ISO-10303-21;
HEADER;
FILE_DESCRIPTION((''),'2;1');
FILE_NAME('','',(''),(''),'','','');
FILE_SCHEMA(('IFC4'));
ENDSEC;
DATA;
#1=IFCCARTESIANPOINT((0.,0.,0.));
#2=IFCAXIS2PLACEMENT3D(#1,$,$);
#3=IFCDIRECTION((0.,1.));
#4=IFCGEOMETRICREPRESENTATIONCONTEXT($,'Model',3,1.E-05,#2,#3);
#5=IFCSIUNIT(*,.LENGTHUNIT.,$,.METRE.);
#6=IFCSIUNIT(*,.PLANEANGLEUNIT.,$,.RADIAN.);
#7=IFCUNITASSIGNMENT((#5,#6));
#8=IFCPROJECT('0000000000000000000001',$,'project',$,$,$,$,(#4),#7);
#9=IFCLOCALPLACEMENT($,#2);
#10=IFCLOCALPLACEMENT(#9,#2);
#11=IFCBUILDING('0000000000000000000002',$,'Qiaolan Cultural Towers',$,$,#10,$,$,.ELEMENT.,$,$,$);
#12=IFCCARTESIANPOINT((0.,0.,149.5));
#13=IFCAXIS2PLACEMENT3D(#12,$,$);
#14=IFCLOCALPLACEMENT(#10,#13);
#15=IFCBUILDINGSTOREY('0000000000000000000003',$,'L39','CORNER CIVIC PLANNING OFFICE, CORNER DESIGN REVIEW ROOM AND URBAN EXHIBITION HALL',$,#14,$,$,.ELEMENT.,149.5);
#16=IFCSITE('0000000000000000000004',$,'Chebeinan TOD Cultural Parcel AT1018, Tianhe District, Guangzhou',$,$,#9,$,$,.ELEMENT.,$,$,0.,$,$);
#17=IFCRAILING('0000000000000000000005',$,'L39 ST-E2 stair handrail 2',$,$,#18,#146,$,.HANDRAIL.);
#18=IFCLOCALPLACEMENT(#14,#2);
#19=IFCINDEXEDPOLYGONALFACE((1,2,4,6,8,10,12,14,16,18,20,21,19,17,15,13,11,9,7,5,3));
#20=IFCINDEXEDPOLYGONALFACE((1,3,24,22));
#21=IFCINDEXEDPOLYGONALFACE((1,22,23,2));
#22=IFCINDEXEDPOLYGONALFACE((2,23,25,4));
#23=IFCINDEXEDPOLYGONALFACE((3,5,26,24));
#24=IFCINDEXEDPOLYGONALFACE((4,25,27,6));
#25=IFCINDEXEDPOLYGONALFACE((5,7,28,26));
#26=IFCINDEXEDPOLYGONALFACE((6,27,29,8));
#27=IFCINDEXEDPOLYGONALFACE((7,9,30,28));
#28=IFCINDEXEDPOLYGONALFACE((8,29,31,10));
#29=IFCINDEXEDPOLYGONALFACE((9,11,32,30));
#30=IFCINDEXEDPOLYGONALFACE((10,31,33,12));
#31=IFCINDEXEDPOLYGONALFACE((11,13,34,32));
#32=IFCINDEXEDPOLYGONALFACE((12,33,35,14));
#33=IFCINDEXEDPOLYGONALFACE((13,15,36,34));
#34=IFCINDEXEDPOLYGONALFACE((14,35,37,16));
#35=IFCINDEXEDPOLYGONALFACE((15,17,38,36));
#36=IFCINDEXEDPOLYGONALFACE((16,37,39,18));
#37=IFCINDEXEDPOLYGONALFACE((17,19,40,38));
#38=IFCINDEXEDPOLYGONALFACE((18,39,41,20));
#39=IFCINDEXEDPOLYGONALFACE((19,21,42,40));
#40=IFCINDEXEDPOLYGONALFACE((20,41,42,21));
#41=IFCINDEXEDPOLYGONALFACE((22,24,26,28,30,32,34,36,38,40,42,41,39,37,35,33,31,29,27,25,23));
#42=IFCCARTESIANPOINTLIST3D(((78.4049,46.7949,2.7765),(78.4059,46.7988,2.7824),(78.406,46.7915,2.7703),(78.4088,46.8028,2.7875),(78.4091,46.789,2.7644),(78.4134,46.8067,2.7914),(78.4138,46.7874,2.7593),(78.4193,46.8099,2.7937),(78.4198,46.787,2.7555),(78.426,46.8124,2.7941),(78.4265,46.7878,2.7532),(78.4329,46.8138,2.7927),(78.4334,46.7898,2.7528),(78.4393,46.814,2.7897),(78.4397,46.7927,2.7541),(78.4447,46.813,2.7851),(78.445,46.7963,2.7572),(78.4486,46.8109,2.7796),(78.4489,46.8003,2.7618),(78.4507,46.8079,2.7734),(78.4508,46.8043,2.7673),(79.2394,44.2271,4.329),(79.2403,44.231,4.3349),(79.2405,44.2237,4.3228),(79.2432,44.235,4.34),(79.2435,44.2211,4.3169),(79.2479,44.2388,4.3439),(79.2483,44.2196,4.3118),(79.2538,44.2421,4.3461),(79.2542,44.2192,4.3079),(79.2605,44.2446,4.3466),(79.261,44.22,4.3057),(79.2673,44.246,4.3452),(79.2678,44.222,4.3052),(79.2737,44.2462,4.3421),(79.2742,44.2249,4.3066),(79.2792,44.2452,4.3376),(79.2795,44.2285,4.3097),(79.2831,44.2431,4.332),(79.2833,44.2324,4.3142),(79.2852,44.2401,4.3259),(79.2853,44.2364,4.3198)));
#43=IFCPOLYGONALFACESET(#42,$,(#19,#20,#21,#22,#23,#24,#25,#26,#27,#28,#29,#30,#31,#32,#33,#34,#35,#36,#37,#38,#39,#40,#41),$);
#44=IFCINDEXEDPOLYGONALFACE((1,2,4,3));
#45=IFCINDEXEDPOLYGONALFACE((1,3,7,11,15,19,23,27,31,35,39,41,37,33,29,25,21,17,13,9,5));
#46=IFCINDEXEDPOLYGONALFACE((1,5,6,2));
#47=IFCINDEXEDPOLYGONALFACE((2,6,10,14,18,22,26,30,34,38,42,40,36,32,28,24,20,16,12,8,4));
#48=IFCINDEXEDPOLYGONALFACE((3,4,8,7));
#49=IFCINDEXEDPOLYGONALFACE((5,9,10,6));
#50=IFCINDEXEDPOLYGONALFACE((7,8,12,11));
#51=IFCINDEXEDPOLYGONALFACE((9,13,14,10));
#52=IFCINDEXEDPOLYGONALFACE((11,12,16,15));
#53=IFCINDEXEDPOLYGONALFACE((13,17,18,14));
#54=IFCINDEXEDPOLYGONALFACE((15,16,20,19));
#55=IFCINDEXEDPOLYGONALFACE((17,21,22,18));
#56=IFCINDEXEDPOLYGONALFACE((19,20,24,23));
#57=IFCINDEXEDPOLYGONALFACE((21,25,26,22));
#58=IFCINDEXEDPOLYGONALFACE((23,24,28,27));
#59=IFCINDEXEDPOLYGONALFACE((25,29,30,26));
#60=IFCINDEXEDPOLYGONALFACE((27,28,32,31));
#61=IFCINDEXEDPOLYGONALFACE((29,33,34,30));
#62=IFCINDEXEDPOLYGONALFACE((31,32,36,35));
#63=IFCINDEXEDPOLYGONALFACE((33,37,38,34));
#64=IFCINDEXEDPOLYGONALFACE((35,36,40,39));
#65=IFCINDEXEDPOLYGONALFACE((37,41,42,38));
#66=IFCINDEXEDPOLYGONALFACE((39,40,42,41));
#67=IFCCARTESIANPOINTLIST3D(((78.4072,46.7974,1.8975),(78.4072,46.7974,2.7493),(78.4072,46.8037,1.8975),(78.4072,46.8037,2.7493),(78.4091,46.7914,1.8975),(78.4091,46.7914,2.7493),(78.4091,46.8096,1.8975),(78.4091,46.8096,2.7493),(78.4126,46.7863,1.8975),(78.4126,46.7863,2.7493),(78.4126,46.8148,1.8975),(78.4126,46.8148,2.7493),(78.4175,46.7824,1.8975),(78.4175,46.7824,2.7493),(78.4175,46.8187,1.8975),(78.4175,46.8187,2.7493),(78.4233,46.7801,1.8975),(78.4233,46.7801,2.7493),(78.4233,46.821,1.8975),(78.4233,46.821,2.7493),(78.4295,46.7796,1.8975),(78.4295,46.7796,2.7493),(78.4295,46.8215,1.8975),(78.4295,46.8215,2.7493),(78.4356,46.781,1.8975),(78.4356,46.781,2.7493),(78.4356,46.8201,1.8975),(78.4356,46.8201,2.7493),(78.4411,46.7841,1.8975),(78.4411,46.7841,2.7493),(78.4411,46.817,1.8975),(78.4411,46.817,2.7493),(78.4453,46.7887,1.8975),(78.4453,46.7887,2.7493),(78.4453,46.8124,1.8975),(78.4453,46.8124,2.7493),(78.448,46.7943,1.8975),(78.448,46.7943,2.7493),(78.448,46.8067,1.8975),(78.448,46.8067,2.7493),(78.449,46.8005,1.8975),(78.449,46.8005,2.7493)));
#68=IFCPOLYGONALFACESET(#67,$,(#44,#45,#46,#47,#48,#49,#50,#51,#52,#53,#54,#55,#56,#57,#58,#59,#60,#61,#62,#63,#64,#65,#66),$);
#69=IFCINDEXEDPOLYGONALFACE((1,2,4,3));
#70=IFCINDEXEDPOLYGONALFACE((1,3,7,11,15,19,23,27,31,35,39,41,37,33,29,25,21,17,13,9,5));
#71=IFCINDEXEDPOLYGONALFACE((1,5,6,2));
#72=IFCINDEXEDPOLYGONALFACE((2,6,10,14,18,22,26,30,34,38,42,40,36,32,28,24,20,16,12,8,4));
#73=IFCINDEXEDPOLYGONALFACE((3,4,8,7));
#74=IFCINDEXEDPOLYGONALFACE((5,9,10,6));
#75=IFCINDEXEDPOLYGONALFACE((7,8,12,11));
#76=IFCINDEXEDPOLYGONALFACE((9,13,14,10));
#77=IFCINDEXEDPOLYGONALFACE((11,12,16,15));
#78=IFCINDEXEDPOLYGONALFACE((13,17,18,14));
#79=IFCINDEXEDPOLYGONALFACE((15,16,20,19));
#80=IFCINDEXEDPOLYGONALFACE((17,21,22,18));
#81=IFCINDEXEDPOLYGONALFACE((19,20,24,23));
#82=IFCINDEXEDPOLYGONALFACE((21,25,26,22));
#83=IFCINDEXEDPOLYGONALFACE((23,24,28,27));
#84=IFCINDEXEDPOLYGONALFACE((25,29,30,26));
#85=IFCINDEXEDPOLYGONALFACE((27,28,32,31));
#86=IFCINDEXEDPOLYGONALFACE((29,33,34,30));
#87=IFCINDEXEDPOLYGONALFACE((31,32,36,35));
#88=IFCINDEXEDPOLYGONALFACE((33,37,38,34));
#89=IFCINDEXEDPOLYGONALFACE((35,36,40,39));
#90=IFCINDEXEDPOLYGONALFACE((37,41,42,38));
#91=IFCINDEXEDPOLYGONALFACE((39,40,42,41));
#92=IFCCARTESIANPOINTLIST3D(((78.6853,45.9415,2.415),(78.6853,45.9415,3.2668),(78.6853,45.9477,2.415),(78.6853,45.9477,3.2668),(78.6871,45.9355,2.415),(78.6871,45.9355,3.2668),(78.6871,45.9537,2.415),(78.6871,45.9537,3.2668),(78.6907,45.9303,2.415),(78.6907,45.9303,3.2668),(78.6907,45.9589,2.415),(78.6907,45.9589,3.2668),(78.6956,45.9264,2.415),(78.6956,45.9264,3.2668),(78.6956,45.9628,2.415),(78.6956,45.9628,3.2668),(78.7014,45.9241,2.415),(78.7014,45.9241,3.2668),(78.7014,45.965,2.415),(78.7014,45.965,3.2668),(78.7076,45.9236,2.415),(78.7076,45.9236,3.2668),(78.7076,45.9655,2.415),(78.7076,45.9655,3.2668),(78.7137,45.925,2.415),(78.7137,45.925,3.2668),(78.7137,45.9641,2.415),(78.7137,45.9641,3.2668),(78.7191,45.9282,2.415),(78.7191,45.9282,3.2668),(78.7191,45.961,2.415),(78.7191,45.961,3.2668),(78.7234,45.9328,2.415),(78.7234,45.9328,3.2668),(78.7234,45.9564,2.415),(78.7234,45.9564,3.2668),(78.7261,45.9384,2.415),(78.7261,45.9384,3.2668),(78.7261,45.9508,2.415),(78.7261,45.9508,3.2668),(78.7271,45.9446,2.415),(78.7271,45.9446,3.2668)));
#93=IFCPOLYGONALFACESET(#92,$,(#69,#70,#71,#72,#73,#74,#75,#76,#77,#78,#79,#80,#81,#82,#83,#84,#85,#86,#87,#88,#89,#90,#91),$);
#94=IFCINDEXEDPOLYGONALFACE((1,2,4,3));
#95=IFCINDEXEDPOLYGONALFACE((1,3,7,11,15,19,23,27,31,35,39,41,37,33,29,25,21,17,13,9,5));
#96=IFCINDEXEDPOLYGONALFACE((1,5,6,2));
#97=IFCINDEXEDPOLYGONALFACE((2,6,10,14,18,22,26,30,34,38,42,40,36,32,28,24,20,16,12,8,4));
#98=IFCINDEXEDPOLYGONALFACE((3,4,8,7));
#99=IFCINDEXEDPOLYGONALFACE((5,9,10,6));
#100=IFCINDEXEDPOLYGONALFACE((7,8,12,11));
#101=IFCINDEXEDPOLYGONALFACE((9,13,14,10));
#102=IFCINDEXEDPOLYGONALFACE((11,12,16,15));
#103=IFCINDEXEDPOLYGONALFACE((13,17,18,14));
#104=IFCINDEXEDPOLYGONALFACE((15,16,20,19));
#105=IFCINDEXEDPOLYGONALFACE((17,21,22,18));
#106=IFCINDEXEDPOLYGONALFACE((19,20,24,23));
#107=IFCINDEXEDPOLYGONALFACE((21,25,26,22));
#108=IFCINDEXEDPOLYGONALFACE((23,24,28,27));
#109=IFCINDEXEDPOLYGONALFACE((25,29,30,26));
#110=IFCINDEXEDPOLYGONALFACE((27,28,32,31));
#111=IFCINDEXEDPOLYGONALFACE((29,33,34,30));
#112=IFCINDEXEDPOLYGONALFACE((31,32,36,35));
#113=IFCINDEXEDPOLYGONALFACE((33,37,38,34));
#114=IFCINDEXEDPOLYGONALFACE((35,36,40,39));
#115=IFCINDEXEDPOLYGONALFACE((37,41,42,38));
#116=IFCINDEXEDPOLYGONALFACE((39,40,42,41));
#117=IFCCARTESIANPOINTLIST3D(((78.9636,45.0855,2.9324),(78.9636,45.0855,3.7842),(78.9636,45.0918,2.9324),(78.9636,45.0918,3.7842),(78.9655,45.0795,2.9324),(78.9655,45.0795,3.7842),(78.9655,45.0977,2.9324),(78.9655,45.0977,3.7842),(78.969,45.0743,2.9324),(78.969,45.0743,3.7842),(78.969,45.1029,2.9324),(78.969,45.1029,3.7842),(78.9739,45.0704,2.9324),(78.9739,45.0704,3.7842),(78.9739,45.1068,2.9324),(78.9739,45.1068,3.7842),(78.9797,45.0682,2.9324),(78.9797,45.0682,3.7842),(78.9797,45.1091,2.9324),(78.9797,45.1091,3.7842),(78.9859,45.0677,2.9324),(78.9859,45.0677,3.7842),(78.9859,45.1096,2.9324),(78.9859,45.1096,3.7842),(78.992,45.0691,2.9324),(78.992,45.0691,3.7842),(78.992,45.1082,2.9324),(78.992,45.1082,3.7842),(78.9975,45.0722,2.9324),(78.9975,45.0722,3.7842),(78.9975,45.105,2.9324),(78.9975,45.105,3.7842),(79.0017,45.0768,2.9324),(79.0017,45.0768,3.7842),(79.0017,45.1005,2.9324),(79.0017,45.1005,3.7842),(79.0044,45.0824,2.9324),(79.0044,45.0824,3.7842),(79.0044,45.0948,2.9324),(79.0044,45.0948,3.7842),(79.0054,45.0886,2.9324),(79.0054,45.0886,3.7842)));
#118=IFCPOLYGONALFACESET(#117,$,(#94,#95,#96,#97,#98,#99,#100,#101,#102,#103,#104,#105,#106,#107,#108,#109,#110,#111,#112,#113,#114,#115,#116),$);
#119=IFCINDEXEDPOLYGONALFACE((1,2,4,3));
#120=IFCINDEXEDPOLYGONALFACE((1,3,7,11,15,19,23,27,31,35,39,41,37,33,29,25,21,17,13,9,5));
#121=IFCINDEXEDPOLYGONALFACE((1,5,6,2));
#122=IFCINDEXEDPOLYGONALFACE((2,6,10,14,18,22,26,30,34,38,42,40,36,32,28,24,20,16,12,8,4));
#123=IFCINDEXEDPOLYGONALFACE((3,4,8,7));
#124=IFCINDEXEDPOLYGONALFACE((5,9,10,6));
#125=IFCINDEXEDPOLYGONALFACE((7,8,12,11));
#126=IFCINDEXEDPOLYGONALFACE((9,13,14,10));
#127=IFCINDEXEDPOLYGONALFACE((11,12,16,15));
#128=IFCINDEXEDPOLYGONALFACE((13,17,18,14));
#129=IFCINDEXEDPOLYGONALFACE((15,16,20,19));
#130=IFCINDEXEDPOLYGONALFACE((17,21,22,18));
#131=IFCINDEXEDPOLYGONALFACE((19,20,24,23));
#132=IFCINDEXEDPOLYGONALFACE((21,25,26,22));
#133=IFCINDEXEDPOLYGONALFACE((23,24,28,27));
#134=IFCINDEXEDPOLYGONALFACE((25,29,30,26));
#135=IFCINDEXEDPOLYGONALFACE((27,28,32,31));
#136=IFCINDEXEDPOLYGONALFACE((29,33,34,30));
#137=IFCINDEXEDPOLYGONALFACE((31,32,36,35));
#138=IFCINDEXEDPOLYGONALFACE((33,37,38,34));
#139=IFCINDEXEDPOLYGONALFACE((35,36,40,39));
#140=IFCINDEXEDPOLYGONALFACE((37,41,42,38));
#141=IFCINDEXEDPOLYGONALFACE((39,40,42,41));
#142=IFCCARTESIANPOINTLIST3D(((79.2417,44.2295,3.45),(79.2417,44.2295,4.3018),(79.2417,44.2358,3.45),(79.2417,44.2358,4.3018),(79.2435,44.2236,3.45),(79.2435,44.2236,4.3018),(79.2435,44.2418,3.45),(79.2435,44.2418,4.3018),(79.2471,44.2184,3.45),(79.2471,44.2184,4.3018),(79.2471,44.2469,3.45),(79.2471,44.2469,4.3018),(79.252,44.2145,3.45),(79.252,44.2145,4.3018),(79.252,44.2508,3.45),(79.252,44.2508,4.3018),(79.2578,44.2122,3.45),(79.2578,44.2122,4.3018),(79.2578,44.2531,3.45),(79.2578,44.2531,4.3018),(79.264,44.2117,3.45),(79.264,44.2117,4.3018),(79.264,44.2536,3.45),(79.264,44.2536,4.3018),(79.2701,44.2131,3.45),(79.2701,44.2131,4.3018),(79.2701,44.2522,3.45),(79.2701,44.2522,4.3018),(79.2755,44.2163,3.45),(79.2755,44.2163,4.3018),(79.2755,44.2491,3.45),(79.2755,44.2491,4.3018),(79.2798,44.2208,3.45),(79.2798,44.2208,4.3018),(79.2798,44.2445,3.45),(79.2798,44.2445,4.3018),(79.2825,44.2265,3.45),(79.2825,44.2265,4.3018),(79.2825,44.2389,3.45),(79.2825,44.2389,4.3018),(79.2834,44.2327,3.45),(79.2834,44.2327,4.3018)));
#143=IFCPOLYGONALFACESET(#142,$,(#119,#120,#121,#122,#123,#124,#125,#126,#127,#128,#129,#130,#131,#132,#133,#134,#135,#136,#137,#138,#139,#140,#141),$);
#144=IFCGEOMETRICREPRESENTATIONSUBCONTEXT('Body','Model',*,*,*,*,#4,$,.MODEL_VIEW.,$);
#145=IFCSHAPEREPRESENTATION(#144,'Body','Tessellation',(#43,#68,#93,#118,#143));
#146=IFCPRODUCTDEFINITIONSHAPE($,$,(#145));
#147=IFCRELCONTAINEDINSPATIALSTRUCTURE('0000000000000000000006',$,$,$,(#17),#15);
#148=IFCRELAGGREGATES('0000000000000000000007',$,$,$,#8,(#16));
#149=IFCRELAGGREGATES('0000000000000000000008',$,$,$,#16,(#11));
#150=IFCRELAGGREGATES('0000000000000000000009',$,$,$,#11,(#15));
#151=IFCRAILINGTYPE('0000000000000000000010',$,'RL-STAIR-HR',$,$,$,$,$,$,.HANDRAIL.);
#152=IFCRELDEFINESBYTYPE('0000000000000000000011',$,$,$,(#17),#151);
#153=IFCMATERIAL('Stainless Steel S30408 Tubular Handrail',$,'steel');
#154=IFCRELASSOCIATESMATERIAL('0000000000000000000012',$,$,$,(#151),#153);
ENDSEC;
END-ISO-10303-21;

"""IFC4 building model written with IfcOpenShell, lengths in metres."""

from ifc_helpers import new_model, si_unit, direction, frame, origin, origin_2d, place, context, subcontext, project, spatial, circle, extrude, material, type_object, element, save


model = new_model("IFC4")

# Units and contexts
model_context = context("Model", 3, precision=1e-05, world=origin(), true_north=direction((0.0, 1.0)))
body_context = subcontext(model_context, "Body", "Model", "MODEL_VIEW")
ifc_project = project(units=[si_unit("LENGTHUNIT", "METRE"), si_unit("PLANEANGLEUNIT", "RADIAN")], contexts=[model_context])

# Site, building, storey
site_placement = place(None, origin())
site = spatial("IfcSite", under=ifc_project, at=site_placement, Name="Chebeinan TOD Cultural Parcel AT1018, Tianhe District, Guangzhou", CompositionType="ELEMENT", RefElevation=0.0)
building_placement = place(site_placement, origin())
building = spatial("IfcBuilding", under=site, at=building_placement, Name="Qiaolan Cultural Towers", CompositionType="ELEMENT")
storey_placement = place(building_placement, frame((0.0, 0.0, 149.5)))
storey = spatial("IfcBuildingStorey", under=building, at=storey_placement, Name="L39", Description="CORNER CIVIC PLANNING OFFICE, CORNER DESIGN REVIEW ROOM AND URBAN EXHIBITION HALL", CompositionType="ELEMENT", Elevation=149.5)

# Railing
ifc_material_1 = material(Name="Stainless Steel S30408 Tubular Handrail", Category="steel")
railing_type_1 = type_object("IfcRailingType", Name="RL-STAIR-HR", PredefinedType="HANDRAIL", material=ifc_material_1)
railing_1_placement = place(storey_placement, frame((78.428, 46.8005, 1.8975)))
element("IfcRailing", 1, at=railing_1_placement, inside=storey, type_object=railing_type_1, Name="L39 ST-E2 stair handrail 2", PredefinedType="HANDRAIL", context=body_context, shape_type="SweptSolid", body=[
    extrude(circle(Radius=0.0239, at=origin_2d()), frame((0.0, 0.0, 0.876), z_axis=(0.267926, -0.824471, 0.498461), x_axis=(0.951043, 0.309057, 0.0)), (0.0, 0.0, 1.0), 3.1145),
    extrude(circle(Radius=0.021, at=origin_2d()), origin(), (0.0, 0.0, 1.0), 0.8518),
    extrude(circle(Radius=0.021, at=origin_2d()), frame((0.2781, -0.856, 0.5176)), (0.0, 0.0, 1.0), 0.8518),
    extrude(circle(Radius=0.021, at=origin_2d()), frame((0.5564, -1.7119, 1.0349)), (0.0, 0.0, 1.0), 0.8518),
    extrude(circle(Radius=0.021, at=origin_2d()), frame((0.8345, -2.5679, 1.5525)), (0.0, 0.0, 1.0), 0.8518),
])

save(model, "model.ifc")
